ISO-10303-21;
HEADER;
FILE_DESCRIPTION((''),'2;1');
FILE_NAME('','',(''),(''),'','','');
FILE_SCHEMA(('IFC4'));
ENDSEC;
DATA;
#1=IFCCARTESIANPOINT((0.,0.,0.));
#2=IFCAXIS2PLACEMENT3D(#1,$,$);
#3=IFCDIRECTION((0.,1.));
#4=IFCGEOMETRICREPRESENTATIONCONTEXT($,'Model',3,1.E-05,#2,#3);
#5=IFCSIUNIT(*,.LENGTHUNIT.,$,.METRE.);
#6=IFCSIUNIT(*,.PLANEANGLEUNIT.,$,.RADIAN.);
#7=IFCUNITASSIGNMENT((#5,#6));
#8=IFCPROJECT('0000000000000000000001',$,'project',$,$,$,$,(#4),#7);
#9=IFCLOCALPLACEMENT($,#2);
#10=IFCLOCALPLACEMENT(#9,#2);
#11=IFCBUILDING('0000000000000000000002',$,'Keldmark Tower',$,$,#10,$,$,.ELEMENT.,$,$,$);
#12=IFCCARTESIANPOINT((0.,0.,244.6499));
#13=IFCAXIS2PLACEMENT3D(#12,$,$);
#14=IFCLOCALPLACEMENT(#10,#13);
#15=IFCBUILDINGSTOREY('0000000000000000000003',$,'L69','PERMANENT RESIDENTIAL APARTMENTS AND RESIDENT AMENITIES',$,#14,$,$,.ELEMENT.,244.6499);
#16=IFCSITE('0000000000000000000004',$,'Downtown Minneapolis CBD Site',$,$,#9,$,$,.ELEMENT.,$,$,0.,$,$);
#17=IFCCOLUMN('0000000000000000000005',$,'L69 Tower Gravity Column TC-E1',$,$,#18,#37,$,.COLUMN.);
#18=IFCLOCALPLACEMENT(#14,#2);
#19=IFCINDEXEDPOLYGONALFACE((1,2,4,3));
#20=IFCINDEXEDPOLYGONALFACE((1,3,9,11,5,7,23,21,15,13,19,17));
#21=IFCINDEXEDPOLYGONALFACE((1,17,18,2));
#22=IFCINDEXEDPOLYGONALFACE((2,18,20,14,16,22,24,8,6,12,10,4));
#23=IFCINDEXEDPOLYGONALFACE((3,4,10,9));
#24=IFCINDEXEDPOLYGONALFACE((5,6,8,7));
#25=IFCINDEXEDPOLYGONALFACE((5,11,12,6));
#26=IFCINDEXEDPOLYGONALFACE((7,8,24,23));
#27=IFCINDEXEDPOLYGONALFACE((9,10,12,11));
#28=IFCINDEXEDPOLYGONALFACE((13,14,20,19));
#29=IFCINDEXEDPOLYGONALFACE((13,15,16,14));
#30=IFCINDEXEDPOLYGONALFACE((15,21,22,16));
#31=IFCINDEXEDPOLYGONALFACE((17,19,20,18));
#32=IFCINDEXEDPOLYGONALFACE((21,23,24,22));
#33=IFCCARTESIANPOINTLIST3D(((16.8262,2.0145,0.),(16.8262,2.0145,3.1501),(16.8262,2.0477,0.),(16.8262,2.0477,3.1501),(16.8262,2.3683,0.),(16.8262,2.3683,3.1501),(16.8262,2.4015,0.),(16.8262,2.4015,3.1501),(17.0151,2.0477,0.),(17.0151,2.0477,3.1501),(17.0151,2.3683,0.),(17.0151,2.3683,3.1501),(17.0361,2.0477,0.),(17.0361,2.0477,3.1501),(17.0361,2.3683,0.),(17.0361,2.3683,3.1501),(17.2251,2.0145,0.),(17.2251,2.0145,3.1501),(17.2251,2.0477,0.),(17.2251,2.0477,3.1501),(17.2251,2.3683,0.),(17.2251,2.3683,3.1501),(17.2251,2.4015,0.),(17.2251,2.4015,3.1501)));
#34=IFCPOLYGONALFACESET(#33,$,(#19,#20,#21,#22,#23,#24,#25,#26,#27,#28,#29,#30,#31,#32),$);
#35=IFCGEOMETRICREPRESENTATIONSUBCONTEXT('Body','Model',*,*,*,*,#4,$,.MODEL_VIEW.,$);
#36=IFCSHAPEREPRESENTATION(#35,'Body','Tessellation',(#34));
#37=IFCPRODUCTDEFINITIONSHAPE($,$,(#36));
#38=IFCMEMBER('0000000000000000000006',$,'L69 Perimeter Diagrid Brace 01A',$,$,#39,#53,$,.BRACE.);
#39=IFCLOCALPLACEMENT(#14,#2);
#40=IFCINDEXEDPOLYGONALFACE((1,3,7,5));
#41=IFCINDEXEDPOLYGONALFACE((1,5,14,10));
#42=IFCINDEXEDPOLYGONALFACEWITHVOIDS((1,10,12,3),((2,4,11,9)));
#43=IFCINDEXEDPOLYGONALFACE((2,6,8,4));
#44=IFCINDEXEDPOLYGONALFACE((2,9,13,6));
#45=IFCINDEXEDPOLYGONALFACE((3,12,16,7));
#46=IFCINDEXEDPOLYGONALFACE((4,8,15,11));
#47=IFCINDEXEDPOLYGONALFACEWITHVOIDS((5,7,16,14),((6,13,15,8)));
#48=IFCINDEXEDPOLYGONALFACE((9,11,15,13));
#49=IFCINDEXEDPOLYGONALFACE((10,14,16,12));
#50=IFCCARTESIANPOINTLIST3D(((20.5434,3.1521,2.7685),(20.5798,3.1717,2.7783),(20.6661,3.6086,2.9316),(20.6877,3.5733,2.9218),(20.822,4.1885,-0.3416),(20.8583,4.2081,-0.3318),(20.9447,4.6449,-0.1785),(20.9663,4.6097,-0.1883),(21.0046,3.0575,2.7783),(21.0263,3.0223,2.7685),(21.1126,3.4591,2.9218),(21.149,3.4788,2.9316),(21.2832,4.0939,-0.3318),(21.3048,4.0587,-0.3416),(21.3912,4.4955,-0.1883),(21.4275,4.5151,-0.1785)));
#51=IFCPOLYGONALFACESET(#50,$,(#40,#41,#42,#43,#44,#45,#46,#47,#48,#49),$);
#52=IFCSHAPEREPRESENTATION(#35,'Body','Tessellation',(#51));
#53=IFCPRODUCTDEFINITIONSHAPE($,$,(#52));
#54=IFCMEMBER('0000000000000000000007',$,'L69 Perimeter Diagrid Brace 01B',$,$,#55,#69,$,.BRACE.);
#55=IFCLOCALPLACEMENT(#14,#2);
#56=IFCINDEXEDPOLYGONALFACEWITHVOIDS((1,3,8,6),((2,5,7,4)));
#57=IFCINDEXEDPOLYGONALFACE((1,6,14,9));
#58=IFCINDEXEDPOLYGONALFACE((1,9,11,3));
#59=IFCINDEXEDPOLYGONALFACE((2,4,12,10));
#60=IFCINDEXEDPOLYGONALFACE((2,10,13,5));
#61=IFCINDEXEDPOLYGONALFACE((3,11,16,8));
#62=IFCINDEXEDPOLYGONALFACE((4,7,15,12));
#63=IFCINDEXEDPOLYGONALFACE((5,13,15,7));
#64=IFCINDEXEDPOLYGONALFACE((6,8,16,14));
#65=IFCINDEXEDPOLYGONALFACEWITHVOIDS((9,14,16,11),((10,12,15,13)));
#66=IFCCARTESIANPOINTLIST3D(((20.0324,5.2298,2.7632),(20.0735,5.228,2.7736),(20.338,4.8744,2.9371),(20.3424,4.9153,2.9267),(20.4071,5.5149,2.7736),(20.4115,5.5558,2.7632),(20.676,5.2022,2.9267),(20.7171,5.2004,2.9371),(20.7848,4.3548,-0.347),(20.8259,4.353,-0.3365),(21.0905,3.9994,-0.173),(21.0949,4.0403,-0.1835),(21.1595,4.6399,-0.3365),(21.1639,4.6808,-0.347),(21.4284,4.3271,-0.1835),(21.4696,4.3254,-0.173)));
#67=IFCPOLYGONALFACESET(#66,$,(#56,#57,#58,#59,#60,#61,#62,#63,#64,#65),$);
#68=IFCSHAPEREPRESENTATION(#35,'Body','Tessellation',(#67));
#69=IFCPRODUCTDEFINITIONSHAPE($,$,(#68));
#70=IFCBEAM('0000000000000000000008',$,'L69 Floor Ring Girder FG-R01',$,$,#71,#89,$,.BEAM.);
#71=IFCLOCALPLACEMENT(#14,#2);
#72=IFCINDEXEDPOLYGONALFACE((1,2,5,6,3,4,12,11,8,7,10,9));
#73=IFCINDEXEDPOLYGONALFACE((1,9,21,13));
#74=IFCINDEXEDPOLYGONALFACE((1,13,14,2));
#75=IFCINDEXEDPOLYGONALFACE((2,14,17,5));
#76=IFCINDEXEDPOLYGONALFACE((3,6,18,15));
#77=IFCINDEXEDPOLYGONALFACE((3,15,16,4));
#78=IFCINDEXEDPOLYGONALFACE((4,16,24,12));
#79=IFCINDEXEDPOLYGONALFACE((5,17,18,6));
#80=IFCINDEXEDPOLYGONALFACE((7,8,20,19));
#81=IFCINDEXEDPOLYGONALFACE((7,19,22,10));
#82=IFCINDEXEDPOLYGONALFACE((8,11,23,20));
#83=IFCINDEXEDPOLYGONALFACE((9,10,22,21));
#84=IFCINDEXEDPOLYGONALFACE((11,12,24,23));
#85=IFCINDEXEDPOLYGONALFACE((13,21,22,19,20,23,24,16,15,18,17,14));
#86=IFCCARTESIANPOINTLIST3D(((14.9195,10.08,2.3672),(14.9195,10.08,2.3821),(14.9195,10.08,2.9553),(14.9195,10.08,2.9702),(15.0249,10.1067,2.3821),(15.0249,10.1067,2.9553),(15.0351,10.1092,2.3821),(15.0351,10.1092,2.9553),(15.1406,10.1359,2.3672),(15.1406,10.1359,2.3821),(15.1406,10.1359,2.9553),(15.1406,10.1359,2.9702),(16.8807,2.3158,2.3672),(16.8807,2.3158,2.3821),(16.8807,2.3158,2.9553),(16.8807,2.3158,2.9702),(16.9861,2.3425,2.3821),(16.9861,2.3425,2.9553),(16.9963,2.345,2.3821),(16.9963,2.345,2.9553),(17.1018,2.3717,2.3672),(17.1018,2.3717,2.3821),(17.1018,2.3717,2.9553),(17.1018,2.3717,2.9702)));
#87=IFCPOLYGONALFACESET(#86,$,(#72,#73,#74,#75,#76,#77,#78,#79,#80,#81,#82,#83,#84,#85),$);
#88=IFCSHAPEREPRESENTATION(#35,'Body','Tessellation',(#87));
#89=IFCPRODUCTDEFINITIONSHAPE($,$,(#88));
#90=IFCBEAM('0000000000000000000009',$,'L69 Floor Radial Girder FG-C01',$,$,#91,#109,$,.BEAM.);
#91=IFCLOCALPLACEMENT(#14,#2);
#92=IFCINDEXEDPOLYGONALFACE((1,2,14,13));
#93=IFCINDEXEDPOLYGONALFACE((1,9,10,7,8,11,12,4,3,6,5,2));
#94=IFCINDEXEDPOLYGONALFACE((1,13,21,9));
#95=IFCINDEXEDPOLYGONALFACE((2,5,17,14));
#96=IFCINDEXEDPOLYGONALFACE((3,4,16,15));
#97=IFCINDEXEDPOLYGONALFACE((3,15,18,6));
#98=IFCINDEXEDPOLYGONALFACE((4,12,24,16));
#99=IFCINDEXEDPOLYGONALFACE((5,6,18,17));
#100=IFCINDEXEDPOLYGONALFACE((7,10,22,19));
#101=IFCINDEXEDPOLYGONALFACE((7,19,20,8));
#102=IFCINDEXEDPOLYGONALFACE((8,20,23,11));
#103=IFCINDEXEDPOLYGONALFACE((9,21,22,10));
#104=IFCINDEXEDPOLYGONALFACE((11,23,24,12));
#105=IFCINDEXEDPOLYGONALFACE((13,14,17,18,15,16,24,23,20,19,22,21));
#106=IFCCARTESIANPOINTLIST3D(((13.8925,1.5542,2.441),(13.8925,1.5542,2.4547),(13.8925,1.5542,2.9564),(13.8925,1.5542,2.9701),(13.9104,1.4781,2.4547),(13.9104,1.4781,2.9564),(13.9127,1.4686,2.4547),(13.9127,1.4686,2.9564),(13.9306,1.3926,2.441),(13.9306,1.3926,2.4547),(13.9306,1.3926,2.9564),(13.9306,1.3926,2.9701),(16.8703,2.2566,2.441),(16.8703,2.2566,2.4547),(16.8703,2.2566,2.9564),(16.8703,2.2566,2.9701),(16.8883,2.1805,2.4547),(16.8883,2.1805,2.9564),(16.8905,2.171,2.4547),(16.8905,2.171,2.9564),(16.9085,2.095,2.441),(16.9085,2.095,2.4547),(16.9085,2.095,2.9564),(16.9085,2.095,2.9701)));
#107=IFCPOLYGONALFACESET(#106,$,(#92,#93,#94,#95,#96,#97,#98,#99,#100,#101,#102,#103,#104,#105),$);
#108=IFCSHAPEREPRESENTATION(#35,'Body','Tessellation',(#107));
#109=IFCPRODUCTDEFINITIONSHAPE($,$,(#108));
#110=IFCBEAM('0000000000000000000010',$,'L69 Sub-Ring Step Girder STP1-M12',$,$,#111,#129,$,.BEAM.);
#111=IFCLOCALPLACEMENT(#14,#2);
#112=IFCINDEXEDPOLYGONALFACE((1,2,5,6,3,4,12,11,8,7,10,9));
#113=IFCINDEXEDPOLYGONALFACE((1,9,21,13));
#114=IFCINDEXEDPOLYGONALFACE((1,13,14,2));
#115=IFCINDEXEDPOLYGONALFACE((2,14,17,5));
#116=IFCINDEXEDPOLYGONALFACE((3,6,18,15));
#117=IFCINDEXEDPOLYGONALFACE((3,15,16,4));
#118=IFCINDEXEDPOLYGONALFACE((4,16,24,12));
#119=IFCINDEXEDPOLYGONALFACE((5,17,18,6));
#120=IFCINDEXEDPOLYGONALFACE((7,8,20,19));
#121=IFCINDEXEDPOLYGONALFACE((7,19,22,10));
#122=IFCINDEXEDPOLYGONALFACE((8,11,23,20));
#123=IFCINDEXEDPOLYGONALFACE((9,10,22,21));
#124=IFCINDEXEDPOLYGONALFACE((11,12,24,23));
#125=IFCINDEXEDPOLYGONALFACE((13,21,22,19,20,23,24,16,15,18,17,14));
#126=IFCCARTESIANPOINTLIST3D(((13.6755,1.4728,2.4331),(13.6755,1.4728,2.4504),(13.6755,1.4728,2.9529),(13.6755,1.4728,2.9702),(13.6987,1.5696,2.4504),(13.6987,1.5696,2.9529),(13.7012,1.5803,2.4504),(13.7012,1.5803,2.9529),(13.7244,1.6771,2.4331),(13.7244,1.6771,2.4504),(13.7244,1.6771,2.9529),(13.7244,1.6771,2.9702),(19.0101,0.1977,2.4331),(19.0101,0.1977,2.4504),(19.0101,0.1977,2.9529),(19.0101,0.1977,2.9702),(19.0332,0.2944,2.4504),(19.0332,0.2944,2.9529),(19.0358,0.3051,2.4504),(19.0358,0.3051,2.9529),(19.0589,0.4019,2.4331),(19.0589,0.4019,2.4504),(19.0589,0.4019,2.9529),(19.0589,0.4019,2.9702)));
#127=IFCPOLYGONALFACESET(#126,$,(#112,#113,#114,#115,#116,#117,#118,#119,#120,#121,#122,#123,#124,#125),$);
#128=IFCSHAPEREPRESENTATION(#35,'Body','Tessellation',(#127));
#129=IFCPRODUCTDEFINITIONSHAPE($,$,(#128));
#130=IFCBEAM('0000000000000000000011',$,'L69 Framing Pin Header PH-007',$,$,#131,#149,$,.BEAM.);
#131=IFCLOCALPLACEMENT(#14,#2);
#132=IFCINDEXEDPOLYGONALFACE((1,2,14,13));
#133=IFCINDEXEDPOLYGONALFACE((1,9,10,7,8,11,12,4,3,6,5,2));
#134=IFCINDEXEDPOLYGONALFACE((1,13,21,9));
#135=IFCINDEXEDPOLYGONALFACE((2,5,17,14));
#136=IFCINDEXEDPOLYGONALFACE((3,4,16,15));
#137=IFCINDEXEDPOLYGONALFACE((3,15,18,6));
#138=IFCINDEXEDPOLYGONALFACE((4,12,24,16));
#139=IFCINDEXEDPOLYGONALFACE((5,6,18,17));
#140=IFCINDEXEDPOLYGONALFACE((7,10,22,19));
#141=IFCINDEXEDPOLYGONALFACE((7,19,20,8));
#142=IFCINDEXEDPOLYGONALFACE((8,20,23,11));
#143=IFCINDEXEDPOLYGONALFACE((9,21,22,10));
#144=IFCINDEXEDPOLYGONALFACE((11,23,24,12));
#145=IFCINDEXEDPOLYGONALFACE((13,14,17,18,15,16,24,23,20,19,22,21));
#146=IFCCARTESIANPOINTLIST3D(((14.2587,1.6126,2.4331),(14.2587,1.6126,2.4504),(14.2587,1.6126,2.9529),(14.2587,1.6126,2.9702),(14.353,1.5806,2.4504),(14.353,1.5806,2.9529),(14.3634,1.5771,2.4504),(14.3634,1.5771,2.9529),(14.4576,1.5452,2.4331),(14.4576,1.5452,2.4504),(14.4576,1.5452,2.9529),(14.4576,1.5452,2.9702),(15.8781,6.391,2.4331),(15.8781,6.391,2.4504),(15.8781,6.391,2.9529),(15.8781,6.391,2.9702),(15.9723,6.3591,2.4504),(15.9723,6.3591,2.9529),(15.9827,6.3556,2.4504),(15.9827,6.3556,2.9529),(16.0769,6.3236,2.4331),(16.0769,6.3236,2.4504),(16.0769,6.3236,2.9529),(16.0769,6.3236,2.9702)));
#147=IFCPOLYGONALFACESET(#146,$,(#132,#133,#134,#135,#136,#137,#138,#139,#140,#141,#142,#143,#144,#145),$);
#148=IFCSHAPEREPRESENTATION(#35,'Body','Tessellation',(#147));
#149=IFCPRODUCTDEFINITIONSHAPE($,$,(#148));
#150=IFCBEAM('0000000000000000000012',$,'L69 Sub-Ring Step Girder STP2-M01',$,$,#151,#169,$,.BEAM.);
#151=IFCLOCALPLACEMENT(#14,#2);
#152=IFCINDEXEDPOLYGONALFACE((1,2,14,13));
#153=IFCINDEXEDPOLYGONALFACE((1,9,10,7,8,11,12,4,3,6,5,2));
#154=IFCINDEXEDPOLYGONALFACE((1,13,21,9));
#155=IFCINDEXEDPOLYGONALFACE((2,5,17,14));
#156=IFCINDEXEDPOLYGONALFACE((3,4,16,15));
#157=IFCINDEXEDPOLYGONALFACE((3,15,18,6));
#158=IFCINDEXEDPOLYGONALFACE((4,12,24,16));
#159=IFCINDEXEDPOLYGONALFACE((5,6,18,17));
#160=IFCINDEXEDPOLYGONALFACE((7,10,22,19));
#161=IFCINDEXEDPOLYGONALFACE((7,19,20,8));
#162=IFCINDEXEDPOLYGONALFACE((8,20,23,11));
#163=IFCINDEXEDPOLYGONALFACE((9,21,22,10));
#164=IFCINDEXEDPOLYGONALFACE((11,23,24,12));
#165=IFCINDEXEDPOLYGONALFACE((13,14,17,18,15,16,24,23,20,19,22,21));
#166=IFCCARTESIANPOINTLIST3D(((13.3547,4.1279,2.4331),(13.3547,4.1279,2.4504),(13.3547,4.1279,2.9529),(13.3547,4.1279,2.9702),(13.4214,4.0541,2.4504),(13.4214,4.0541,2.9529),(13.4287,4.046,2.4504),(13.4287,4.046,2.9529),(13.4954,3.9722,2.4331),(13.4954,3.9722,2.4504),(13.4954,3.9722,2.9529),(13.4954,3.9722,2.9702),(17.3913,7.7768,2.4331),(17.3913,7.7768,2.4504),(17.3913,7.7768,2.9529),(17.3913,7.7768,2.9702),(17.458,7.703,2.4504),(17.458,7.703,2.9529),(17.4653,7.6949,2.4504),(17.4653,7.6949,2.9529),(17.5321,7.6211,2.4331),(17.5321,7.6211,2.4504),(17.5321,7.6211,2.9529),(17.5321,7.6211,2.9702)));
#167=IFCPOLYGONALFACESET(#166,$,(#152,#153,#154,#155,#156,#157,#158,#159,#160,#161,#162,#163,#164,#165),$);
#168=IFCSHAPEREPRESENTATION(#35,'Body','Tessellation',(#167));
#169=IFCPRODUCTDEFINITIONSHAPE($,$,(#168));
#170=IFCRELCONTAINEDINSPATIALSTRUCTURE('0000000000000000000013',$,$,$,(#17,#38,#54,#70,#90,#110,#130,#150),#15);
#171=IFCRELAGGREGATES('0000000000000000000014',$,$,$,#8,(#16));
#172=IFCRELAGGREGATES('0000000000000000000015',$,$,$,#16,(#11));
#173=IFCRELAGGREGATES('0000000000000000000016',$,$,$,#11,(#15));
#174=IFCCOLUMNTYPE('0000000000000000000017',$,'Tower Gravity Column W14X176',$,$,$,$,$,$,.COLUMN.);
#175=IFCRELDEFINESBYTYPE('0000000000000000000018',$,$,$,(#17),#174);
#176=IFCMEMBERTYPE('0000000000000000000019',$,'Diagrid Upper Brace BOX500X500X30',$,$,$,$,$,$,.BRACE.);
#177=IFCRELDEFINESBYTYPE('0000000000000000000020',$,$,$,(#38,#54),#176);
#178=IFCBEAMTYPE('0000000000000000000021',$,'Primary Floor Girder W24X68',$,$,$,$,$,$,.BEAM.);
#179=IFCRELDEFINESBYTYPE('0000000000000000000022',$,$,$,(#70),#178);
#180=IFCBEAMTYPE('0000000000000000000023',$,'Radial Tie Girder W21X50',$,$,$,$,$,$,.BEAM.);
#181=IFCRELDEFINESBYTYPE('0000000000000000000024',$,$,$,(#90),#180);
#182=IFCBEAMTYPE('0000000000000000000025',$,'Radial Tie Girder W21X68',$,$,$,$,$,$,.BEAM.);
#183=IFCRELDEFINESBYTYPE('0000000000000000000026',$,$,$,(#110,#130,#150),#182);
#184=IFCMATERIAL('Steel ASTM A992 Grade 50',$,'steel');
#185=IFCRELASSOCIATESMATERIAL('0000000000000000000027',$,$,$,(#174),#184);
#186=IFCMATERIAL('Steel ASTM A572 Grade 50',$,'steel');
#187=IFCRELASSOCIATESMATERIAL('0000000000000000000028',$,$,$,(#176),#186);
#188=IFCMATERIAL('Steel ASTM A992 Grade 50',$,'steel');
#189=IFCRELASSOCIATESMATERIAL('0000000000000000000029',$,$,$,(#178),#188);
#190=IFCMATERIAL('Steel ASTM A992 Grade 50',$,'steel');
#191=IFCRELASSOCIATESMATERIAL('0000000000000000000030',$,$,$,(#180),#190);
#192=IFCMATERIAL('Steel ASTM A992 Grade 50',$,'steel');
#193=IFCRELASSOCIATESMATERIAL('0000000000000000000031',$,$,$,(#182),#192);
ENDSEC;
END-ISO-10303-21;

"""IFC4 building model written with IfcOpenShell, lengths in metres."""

from ifc_helpers import new_model, si_unit, direction, frame, origin, origin_2d, place, context, subcontext, project, spatial, hollow_rectangle, i_section, extrude, material, material_profile, profile_set, type_object, element, save


model = new_model("IFC4")

# Units and contexts
model_context = context("Model", 3, precision=1e-05, world=origin(), true_north=direction((0.0, 1.0)))
body_context = subcontext(model_context, "Body", "Model", "MODEL_VIEW")
ifc_project = project(units=[si_unit("LENGTHUNIT", "METRE"), si_unit("PLANEANGLEUNIT", "RADIAN")], contexts=[model_context])

# Site, building, storey
site_placement = place(None, origin())
site = spatial("IfcSite", under=ifc_project, at=site_placement, Name="Downtown Minneapolis CBD Site", CompositionType="ELEMENT", RefElevation=0.0)
building_placement = place(site_placement, origin())
building = spatial("IfcBuilding", under=site, at=building_placement, Name="Keldmark Tower", CompositionType="ELEMENT")
storey_placement = place(building_placement, frame((0.0, 0.0, 244.6499)))
storey = spatial("IfcBuildingStorey", under=building, at=storey_placement, Name="L69", Description="PERMANENT RESIDENTIAL APARTMENTS AND RESIDENT AMENITIES", CompositionType="ELEMENT", Elevation=244.6499)

# Column
ifc_material_1 = material(Name="Steel ASTM A992 Grade 50", Category="steel")
ifc_material_profile_1 = material_profile(ifc_material_1, i_section(OverallWidth=0.3989, OverallDepth=0.387, WebThickness=0.021, FlangeThickness=0.0332, at=origin_2d()), Name="W14X176")
ifc_profile_set_1 = profile_set([ifc_material_profile_1], Name="Steel ASTM A992 Grade 50")
column_type = type_object("IfcColumnType", Name="Tower Gravity Column W14X176", PredefinedType="COLUMN", material=ifc_profile_set_1)
column_placement = place(storey_placement, frame((17.0256, 2.208, 0.0), z_axis=(0.0, 0.0, 1.0), x_axis=(1.0, 0.0, 0.0)))
element("IfcColumn", 1, at=column_placement, inside=storey, type_object=column_type, Name="L69 Tower Gravity Column TC-E1", PredefinedType="COLUMN", context=body_context, shape_type="SweptSolid", body=[
    extrude(i_section(OverallWidth=0.3989, OverallDepth=0.387, WebThickness=0.021, FlangeThickness=0.0332, at=origin_2d()), origin(), (0.0, 0.0, 1.0), 3.1501),
])

# Members
ifc_material_2 = material(Name="Steel ASTM A572 Grade 50", Category="steel")
ifc_material_profile_2 = material_profile(ifc_material_2, hollow_rectangle(XDim=0.5, YDim=0.5, WallThickness=0.03, at=origin_2d()), Name="BOX500X500X30")
ifc_profile_set_2 = profile_set([ifc_material_profile_2], Name="Steel ASTM A572 Grade 50")
member_type = type_object("IfcMemberType", Name="Diagrid Upper Brace BOX500X500X30", PredefinedType="BRACE", material=ifc_profile_set_2)
member_1_placement = place(storey_placement, frame((21.1248, 4.3518, -0.26), z_axis=(-0.084669, -0.315003, 0.945306), x_axis=(0.965723, -0.259574, 0.0)))
element("IfcMember", 2, at=member_1_placement, inside=storey, type_object=member_type, Name="L69 Perimeter Diagrid Brace 01A", PredefinedType="BRACE", context=body_context, shape_type="SweptSolid", body=[
    extrude(hollow_rectangle(XDim=0.5, YDim=0.5, WallThickness=0.03, at=origin_2d()), origin(), (0.0, 0.0, 1.0), 3.29),
])
member_2_placement = place(storey_placement, frame((21.1272, 4.3401, -0.26), z_axis=(-0.226823, 0.263768, 0.937538), x_axis=(-0.75821, -0.65201, 0.0)))
element("IfcMember", 3, at=member_2_placement, inside=storey, type_object=member_type, Name="L69 Perimeter Diagrid Brace 01B", PredefinedType="BRACE", context=body_context, shape_type="SweptSolid", body=[
    extrude(hollow_rectangle(XDim=0.5, YDim=0.5, WallThickness=0.03, at=origin_2d()), origin(), (0.0, 0.0, 1.0), 3.3174),
])

# Beams
ifc_material_3 = material(Name="Steel ASTM A992 Grade 50", Category="steel")
ifc_material_profile_3 = material_profile(ifc_material_3, i_section(OverallWidth=0.228, OverallDepth=0.603, WebThickness=0.0105, FlangeThickness=0.0149, at=origin_2d()), Name="W24X68")
ifc_profile_set_3 = profile_set([ifc_material_profile_3], Name="Steel ASTM A992 Grade 50")
beam_type_1 = type_object("IfcBeamType", Name="Primary Floor Girder W24X68", PredefinedType="BEAM", material=ifc_profile_set_3)
beam_1_placement = place(storey_placement, frame((16.9912, 2.3438, 2.6687), z_axis=(-0.244902, 0.969548, 0.0), x_axis=(-0.969548, -0.244902, 0.0)))
element("IfcBeam", 4, at=beam_1_placement, inside=storey, type_object=beam_type_1, Name="L69 Floor Ring Girder FG-R01", PredefinedType="BEAM", context=body_context, shape_type="SweptSolid", body=[
    extrude(i_section(OverallWidth=0.228, OverallDepth=0.603, WebThickness=0.0105, FlangeThickness=0.0149, at=origin_2d()), origin(), (0.0, 0.0, 1.0), 8.0081),
])
ifc_material_4 = material(Name="Steel ASTM A992 Grade 50", Category="steel")
ifc_material_profile_4 = material_profile(ifc_material_4, i_section(OverallWidth=0.166, OverallDepth=0.5291, WebThickness=0.0098, FlangeThickness=0.0137, at=origin_2d()), Name="W21X50")
ifc_profile_set_4 = profile_set([ifc_material_profile_4], Name="Steel ASTM A992 Grade 50")
beam_type_2 = type_object("IfcBeamType", Name="Radial Tie Girder W21X50", PredefinedType="BEAM", material=ifc_profile_set_4)
beam_2_placement = place(storey_placement, frame((16.8894, 2.1758, 2.7056), z_axis=(-0.97329, -0.229577, 0.0), x_axis=(0.229577, -0.97329, 0.0)))
element("IfcBeam", 5, at=beam_2_placement, inside=storey, type_object=beam_type_2, Name="L69 Floor Radial Girder FG-C01", PredefinedType="BEAM", context=body_context, shape_type="SweptSolid", body=[
    extrude(i_section(OverallWidth=0.166, OverallDepth=0.5291, WebThickness=0.0098, FlangeThickness=0.0137, at=origin_2d()), origin(), (0.0, 0.0, 1.0), 3.0596),
])
ifc_material_5 = material(Name="Steel ASTM A992 Grade 50", Category="steel")
ifc_material_profile_5 = material_profile(ifc_material_5, i_section(OverallWidth=0.21, OverallDepth=0.5371, WebThickness=0.011, FlangeThickness=0.0173, at=origin_2d()), Name="W21X68")
ifc_profile_set_5 = profile_set([ifc_material_profile_5], Name="Steel ASTM A992 Grade 50")
beam_type_3 = type_object("IfcBeamType", Name="Radial Tie Girder W21X68", PredefinedType="BEAM", material=ifc_profile_set_5)
beam_3_placement = place(storey_placement, frame((13.7, 1.575, 2.7017), z_axis=(0.972599, -0.232489, 0.0), x_axis=(0.232489, 0.972599, 0.0)))
element("IfcBeam", 6, at=beam_3_placement, inside=storey, type_object=beam_type_3, Name="L69 Sub-Ring Step Girder STP1-M12", PredefinedType="BEAM", context=body_context, shape_type="SweptSolid", body=[
    extrude(i_section(OverallWidth=0.21, OverallDepth=0.5371, WebThickness=0.011, FlangeThickness=0.0173, at=origin_2d()), origin(), (0.0, 0.0, 1.0), 5.4849),
])
beam_4_placement = place(storey_placement, frame((14.3582, 1.5789, 2.7017), z_axis=(0.320956, 0.947094, 0.0), x_axis=(-0.947094, 0.320956, 0.0)))
element("IfcBeam", 7, at=beam_4_placement, inside=storey, type_object=beam_type_3, Name="L69 Framing Pin Header PH-007", PredefinedType="BEAM", context=body_context, shape_type="SweptSolid", body=[
    extrude(i_section(OverallWidth=0.21, OverallDepth=0.5371, WebThickness=0.011, FlangeThickness=0.0173, at=origin_2d()), origin(), (0.0, 0.0, 1.0), 5.0454),
])
beam_5_placement = place(storey_placement, frame((13.425, 4.05, 2.7017), z_axis=(0.741833, 0.670584, 0.0), x_axis=(-0.670584, 0.741833, 0.0)))
element("IfcBeam", 8, at=beam_5_placement, inside=storey, type_object=beam_type_3, Name="L69 Sub-Ring Step Girder STP2-M01", PredefinedType="BEAM", context=body_context, shape_type="SweptSolid", body=[
    extrude(i_section(OverallWidth=0.21, OverallDepth=0.5371, WebThickness=0.011, FlangeThickness=0.0173, at=origin_2d()), origin(), (0.0, 0.0, 1.0), 5.4414),
])

save(model, "model.ifc")
